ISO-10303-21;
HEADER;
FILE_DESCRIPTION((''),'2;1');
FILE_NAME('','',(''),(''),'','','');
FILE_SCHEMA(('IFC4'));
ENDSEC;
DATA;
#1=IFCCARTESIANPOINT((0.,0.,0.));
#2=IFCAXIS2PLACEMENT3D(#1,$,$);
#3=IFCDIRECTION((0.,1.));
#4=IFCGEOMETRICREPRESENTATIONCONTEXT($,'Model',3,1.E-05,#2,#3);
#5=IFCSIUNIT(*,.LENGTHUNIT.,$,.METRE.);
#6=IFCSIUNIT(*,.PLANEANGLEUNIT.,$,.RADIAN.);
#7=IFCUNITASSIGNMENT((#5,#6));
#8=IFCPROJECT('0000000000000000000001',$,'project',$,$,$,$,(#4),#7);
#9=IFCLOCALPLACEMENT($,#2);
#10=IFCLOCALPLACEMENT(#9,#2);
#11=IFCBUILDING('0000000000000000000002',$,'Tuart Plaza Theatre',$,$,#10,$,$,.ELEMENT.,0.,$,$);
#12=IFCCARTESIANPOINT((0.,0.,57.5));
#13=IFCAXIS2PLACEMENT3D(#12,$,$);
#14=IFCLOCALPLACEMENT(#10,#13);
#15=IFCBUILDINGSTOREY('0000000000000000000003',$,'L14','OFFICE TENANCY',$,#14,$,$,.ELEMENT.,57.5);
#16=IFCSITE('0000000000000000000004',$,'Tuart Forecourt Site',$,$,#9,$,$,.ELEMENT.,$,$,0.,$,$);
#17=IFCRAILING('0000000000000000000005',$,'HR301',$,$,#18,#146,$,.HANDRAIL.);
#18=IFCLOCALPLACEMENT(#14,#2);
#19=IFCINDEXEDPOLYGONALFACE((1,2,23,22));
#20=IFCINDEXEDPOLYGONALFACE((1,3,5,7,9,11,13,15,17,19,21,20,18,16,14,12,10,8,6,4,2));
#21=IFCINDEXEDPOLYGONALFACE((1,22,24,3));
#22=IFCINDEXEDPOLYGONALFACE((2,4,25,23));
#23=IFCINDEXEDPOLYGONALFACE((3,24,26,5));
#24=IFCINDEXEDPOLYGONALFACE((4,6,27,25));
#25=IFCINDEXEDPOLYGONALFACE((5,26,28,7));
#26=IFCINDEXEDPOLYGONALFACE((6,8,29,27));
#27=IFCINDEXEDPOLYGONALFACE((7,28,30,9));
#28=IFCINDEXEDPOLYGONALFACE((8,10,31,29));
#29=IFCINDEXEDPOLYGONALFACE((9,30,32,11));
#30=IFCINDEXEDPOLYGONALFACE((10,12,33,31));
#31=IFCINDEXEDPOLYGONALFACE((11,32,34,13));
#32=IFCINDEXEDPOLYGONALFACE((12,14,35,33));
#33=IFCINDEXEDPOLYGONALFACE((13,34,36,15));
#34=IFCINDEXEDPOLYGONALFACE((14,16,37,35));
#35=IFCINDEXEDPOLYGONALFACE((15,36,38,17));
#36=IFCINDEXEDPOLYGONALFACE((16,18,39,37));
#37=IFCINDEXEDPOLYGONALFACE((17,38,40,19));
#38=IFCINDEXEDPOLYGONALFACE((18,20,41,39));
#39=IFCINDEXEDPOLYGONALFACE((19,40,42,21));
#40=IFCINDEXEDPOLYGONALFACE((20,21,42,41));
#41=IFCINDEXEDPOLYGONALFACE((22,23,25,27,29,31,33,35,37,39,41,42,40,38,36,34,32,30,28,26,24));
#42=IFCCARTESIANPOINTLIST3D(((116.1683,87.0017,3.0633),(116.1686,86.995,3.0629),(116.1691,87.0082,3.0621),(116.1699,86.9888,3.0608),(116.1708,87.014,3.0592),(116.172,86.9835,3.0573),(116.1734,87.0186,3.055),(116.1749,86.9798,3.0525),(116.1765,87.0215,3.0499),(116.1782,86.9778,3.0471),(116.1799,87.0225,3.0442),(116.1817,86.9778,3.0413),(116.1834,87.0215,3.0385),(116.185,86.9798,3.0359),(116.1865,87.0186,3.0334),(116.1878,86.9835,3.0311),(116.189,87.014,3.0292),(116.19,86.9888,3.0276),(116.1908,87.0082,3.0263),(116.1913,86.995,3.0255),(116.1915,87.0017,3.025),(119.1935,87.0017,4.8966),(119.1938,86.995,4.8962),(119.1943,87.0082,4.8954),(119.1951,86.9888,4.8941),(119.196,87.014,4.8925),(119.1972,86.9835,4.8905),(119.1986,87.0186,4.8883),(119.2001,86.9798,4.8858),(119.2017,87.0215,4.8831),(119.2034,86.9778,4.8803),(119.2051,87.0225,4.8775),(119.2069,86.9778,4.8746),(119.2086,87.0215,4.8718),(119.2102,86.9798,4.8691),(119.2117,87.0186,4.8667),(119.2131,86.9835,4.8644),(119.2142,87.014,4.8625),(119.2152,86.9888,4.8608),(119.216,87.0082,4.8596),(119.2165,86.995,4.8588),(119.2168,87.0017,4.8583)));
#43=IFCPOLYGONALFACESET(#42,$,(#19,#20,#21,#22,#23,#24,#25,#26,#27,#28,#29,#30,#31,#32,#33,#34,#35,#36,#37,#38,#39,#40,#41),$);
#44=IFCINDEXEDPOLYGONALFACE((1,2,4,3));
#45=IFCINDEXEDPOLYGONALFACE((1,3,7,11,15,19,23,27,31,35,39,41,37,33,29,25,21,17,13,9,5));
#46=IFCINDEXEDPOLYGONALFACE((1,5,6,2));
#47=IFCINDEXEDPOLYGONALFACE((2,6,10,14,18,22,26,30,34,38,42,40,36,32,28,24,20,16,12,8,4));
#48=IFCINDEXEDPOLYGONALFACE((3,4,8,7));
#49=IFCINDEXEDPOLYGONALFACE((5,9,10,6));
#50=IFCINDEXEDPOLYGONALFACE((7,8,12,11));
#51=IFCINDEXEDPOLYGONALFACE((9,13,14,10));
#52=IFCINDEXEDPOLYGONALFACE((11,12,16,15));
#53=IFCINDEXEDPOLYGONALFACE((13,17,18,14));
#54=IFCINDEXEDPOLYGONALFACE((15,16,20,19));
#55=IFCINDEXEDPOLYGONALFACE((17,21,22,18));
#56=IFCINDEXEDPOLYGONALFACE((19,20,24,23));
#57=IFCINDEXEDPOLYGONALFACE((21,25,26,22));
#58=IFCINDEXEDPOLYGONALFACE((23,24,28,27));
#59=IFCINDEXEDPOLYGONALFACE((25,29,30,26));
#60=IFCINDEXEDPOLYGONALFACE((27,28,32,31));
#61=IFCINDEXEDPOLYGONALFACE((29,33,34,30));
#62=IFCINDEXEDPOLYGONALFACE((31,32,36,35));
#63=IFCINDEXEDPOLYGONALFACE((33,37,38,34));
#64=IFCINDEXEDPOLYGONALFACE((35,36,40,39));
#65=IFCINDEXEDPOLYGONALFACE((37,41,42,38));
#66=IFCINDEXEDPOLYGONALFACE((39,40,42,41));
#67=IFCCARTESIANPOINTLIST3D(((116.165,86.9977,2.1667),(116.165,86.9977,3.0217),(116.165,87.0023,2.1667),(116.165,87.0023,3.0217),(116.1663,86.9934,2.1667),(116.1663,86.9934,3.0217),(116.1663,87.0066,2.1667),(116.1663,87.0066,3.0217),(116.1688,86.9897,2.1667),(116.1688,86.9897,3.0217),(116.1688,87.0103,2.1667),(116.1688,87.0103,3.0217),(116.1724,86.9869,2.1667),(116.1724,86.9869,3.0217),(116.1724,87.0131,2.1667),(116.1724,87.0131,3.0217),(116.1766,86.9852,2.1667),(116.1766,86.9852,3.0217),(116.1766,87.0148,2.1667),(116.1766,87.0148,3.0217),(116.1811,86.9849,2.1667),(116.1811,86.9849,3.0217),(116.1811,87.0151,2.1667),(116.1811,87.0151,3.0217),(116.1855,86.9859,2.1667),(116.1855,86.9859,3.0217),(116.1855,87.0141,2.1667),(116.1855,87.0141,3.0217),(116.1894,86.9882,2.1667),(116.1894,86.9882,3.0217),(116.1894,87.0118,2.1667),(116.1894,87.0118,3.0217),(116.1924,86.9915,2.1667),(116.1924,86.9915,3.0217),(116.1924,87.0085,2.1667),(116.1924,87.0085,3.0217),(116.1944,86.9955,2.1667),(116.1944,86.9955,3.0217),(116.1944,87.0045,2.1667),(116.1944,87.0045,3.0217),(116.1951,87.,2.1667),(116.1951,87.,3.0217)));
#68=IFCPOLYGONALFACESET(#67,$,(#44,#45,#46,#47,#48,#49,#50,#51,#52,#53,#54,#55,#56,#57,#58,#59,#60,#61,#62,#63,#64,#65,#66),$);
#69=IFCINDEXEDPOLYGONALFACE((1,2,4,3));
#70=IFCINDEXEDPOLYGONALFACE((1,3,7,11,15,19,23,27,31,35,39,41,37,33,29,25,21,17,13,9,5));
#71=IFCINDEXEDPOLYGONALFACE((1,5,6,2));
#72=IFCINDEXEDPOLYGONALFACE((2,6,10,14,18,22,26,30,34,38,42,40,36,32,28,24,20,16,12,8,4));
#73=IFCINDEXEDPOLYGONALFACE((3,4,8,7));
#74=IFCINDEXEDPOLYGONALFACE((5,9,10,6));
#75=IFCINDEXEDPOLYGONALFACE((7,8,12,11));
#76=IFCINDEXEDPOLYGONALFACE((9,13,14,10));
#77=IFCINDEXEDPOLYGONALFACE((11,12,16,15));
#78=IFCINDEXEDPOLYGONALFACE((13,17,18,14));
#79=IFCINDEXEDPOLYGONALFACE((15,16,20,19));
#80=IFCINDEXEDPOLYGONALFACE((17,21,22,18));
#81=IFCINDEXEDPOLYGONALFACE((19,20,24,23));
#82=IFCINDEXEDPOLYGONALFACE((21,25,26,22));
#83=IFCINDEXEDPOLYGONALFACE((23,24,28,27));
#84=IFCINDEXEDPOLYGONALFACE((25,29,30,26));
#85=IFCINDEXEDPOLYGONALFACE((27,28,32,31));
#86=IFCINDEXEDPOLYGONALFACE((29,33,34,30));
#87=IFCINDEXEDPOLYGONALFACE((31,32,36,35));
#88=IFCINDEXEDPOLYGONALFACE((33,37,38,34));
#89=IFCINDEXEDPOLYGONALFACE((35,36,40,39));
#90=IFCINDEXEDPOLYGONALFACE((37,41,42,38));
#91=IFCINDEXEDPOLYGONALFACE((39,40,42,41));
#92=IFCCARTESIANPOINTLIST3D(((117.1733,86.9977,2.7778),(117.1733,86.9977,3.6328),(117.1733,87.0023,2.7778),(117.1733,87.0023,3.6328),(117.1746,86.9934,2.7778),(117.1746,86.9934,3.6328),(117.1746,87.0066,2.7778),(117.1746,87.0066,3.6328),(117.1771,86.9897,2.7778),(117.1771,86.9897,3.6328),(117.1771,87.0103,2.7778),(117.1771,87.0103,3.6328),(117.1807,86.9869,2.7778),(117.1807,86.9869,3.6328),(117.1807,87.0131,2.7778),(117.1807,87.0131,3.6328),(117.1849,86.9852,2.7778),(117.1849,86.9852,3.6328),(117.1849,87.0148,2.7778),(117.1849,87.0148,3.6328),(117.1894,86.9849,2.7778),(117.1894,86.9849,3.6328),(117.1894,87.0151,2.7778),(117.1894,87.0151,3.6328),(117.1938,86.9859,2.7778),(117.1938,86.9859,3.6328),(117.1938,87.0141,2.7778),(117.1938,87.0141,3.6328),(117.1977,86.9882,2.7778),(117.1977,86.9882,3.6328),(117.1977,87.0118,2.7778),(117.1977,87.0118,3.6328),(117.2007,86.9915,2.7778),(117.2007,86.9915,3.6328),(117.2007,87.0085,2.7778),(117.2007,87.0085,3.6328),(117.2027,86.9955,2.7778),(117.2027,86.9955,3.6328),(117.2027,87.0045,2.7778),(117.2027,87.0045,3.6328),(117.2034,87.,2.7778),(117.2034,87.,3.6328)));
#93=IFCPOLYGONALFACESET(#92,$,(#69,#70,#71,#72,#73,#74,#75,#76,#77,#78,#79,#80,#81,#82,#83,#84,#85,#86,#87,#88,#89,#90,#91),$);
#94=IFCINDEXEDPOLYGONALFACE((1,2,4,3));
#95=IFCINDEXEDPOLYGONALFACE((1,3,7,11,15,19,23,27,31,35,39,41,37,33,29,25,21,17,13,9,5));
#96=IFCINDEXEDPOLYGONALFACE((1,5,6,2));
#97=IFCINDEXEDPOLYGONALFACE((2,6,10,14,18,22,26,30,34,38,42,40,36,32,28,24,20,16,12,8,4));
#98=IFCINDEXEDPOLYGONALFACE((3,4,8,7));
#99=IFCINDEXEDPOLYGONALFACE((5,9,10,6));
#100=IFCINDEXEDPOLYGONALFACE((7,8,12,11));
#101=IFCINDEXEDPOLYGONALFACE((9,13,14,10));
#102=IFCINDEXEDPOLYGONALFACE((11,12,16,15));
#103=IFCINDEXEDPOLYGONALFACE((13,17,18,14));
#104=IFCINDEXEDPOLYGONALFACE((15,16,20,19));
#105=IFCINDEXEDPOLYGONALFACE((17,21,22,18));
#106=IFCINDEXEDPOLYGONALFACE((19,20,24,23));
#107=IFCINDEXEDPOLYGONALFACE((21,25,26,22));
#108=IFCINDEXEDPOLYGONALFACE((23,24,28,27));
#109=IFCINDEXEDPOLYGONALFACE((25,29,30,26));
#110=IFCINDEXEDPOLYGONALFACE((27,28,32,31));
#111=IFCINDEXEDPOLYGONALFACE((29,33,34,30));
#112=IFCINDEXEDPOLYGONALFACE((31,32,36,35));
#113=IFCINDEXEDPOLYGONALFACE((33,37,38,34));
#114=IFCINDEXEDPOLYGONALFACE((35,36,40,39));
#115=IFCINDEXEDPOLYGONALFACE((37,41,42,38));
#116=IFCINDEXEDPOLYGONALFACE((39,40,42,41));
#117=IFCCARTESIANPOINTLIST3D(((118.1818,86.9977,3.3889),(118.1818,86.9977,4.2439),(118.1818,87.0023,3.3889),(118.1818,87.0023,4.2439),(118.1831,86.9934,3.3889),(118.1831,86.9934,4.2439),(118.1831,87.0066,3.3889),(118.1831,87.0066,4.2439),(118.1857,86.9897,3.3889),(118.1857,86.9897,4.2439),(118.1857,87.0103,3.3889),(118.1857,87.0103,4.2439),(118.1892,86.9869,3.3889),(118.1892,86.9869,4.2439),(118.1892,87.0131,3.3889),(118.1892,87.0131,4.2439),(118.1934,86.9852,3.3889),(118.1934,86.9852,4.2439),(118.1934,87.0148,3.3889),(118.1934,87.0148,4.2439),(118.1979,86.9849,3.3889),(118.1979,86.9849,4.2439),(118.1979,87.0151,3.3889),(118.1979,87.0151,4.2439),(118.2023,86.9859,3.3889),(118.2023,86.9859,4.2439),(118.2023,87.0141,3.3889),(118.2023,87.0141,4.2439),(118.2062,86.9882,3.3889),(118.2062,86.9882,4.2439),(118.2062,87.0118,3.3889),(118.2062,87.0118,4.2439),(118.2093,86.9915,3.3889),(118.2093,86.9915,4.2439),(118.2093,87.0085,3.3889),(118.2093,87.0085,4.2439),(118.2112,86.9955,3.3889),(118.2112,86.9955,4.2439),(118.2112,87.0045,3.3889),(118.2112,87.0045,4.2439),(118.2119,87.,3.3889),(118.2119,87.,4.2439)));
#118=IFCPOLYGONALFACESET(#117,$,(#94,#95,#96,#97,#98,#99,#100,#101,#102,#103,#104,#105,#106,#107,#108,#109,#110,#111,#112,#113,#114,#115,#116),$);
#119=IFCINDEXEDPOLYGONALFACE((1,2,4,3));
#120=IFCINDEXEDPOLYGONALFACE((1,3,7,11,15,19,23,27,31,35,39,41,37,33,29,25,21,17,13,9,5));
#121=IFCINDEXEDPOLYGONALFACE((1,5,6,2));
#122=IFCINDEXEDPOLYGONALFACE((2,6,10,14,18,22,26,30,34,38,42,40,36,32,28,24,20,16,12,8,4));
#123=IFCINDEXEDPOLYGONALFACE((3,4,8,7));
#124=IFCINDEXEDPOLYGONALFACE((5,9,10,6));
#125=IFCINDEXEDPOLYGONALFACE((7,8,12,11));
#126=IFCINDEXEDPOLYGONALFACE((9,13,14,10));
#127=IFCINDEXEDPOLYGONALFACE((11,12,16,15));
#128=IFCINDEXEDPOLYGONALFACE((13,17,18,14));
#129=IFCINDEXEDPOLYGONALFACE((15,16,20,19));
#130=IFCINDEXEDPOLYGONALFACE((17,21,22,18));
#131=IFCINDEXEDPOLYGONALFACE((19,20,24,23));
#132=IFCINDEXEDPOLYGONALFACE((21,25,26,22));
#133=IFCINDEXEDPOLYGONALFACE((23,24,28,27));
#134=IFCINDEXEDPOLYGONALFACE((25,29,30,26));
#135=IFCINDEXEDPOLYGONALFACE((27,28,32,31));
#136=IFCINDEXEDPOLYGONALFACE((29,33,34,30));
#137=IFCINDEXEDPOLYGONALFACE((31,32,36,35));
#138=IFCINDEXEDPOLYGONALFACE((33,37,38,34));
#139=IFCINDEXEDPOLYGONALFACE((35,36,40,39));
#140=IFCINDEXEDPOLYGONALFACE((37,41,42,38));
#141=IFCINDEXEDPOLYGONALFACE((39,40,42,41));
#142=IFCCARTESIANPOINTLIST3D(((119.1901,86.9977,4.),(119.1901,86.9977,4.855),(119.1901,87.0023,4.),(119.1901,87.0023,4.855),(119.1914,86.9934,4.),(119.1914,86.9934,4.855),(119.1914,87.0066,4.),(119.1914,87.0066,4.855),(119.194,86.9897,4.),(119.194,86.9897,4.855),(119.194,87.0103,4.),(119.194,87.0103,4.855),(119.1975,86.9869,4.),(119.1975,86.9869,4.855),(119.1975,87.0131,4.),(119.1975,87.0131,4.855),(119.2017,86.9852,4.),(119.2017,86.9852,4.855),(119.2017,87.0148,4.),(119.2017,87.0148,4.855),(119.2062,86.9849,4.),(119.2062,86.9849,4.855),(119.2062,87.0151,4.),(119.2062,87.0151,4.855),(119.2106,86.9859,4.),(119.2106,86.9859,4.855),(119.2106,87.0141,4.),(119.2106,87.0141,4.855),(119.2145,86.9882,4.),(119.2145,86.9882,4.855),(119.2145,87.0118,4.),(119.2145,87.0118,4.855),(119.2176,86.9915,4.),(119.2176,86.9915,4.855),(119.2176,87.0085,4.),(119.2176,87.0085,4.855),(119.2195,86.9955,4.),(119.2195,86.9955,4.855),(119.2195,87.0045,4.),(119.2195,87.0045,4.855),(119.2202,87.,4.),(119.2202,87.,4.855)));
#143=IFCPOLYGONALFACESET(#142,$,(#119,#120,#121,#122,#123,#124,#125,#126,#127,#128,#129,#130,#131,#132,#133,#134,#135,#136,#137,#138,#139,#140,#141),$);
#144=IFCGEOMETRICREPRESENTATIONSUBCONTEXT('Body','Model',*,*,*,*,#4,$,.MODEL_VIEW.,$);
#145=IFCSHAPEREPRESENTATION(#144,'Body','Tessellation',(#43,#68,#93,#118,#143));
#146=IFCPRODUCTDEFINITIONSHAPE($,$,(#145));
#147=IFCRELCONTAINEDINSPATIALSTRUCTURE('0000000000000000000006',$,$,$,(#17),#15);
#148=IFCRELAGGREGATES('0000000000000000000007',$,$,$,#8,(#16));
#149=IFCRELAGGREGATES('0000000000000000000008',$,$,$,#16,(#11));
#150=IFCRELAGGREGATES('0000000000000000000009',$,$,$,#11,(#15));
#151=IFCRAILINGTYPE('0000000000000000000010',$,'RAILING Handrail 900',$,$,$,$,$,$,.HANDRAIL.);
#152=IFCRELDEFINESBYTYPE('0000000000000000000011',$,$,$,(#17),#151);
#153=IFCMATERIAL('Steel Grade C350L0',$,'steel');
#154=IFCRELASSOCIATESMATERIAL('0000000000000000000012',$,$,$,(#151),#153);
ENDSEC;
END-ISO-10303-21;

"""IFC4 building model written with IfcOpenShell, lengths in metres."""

from ifc_helpers import new_model, si_unit, direction, frame, origin, origin_2d, place, context, subcontext, project, spatial, circle, extrude, material, type_object, element, save


model = new_model("IFC4")

# Units and contexts
model_context = context("Model", 3, precision=1e-05, world=origin(), true_north=direction((0.0, 1.0)))
body_context = subcontext(model_context, "Body", "Model", "MODEL_VIEW")
ifc_project = project(units=[si_unit("LENGTHUNIT", "METRE"), si_unit("PLANEANGLEUNIT", "RADIAN")], contexts=[model_context])

# Site, building, storey
site_placement = place(None, origin())
site = spatial("IfcSite", under=ifc_project, at=site_placement, Name="Tuart Forecourt Site", CompositionType="ELEMENT", RefElevation=0.0)
building_placement = place(site_placement, origin())
building = spatial("IfcBuilding", under=site, at=building_placement, Name="Tuart Plaza Theatre", CompositionType="ELEMENT", ElevationOfRefHeight=0.0)
storey_placement = place(building_placement, frame((0.0, 0.0, 57.5)))
storey = spatial("IfcBuildingStorey", under=building, at=storey_placement, Name="L14", Description="OFFICE TENANCY", CompositionType="ELEMENT", Elevation=57.5)

# Railing
ifc_material_1 = material(Name="Steel Grade C350L0", Category="steel")
railing_type_1 = type_object("IfcRailingType", Name="RAILING Handrail 900", PredefinedType="HANDRAIL", material=ifc_material_1)
for number, where, name in (
    (1, (116.1799, 87.0, 2.1667), "HR301"),
):
    element("IfcRailing", number, at=place(storey_placement, frame(where)), inside=storey, type_object=railing_type_1, Name=name, PredefinedType="HANDRAIL", context=body_context, shape_type="SweptSolid", body=[
        extrude(circle(Radius=0.0225, at=origin_2d()), frame((0.0, 0.0, 0.8774), z_axis=(0.855219, 0.0, 0.518267), x_axis=(0.0, 1.0, 0.0)), (0.0, 0.0, 1.0), 3.5374),
        extrude(circle(Radius=0.0151, at=origin_2d()), origin(), (0.0, 0.0, 1.0), 0.855),
        extrude(circle(Radius=0.0151, at=origin_2d()), frame((1.0083, 0.0, 0.6111)), (0.0, 0.0, 1.0), 0.855),
        extrude(circle(Radius=0.0151, at=origin_2d()), frame((2.0168, 0.0, 1.2222)), (0.0, 0.0, 1.0), 0.855),
        extrude(circle(Radius=0.0151, at=origin_2d()), frame((3.0251, 0.0, 1.8333)), (0.0, 0.0, 1.0), 0.855),
    ])

save(model, "model.ifc")
